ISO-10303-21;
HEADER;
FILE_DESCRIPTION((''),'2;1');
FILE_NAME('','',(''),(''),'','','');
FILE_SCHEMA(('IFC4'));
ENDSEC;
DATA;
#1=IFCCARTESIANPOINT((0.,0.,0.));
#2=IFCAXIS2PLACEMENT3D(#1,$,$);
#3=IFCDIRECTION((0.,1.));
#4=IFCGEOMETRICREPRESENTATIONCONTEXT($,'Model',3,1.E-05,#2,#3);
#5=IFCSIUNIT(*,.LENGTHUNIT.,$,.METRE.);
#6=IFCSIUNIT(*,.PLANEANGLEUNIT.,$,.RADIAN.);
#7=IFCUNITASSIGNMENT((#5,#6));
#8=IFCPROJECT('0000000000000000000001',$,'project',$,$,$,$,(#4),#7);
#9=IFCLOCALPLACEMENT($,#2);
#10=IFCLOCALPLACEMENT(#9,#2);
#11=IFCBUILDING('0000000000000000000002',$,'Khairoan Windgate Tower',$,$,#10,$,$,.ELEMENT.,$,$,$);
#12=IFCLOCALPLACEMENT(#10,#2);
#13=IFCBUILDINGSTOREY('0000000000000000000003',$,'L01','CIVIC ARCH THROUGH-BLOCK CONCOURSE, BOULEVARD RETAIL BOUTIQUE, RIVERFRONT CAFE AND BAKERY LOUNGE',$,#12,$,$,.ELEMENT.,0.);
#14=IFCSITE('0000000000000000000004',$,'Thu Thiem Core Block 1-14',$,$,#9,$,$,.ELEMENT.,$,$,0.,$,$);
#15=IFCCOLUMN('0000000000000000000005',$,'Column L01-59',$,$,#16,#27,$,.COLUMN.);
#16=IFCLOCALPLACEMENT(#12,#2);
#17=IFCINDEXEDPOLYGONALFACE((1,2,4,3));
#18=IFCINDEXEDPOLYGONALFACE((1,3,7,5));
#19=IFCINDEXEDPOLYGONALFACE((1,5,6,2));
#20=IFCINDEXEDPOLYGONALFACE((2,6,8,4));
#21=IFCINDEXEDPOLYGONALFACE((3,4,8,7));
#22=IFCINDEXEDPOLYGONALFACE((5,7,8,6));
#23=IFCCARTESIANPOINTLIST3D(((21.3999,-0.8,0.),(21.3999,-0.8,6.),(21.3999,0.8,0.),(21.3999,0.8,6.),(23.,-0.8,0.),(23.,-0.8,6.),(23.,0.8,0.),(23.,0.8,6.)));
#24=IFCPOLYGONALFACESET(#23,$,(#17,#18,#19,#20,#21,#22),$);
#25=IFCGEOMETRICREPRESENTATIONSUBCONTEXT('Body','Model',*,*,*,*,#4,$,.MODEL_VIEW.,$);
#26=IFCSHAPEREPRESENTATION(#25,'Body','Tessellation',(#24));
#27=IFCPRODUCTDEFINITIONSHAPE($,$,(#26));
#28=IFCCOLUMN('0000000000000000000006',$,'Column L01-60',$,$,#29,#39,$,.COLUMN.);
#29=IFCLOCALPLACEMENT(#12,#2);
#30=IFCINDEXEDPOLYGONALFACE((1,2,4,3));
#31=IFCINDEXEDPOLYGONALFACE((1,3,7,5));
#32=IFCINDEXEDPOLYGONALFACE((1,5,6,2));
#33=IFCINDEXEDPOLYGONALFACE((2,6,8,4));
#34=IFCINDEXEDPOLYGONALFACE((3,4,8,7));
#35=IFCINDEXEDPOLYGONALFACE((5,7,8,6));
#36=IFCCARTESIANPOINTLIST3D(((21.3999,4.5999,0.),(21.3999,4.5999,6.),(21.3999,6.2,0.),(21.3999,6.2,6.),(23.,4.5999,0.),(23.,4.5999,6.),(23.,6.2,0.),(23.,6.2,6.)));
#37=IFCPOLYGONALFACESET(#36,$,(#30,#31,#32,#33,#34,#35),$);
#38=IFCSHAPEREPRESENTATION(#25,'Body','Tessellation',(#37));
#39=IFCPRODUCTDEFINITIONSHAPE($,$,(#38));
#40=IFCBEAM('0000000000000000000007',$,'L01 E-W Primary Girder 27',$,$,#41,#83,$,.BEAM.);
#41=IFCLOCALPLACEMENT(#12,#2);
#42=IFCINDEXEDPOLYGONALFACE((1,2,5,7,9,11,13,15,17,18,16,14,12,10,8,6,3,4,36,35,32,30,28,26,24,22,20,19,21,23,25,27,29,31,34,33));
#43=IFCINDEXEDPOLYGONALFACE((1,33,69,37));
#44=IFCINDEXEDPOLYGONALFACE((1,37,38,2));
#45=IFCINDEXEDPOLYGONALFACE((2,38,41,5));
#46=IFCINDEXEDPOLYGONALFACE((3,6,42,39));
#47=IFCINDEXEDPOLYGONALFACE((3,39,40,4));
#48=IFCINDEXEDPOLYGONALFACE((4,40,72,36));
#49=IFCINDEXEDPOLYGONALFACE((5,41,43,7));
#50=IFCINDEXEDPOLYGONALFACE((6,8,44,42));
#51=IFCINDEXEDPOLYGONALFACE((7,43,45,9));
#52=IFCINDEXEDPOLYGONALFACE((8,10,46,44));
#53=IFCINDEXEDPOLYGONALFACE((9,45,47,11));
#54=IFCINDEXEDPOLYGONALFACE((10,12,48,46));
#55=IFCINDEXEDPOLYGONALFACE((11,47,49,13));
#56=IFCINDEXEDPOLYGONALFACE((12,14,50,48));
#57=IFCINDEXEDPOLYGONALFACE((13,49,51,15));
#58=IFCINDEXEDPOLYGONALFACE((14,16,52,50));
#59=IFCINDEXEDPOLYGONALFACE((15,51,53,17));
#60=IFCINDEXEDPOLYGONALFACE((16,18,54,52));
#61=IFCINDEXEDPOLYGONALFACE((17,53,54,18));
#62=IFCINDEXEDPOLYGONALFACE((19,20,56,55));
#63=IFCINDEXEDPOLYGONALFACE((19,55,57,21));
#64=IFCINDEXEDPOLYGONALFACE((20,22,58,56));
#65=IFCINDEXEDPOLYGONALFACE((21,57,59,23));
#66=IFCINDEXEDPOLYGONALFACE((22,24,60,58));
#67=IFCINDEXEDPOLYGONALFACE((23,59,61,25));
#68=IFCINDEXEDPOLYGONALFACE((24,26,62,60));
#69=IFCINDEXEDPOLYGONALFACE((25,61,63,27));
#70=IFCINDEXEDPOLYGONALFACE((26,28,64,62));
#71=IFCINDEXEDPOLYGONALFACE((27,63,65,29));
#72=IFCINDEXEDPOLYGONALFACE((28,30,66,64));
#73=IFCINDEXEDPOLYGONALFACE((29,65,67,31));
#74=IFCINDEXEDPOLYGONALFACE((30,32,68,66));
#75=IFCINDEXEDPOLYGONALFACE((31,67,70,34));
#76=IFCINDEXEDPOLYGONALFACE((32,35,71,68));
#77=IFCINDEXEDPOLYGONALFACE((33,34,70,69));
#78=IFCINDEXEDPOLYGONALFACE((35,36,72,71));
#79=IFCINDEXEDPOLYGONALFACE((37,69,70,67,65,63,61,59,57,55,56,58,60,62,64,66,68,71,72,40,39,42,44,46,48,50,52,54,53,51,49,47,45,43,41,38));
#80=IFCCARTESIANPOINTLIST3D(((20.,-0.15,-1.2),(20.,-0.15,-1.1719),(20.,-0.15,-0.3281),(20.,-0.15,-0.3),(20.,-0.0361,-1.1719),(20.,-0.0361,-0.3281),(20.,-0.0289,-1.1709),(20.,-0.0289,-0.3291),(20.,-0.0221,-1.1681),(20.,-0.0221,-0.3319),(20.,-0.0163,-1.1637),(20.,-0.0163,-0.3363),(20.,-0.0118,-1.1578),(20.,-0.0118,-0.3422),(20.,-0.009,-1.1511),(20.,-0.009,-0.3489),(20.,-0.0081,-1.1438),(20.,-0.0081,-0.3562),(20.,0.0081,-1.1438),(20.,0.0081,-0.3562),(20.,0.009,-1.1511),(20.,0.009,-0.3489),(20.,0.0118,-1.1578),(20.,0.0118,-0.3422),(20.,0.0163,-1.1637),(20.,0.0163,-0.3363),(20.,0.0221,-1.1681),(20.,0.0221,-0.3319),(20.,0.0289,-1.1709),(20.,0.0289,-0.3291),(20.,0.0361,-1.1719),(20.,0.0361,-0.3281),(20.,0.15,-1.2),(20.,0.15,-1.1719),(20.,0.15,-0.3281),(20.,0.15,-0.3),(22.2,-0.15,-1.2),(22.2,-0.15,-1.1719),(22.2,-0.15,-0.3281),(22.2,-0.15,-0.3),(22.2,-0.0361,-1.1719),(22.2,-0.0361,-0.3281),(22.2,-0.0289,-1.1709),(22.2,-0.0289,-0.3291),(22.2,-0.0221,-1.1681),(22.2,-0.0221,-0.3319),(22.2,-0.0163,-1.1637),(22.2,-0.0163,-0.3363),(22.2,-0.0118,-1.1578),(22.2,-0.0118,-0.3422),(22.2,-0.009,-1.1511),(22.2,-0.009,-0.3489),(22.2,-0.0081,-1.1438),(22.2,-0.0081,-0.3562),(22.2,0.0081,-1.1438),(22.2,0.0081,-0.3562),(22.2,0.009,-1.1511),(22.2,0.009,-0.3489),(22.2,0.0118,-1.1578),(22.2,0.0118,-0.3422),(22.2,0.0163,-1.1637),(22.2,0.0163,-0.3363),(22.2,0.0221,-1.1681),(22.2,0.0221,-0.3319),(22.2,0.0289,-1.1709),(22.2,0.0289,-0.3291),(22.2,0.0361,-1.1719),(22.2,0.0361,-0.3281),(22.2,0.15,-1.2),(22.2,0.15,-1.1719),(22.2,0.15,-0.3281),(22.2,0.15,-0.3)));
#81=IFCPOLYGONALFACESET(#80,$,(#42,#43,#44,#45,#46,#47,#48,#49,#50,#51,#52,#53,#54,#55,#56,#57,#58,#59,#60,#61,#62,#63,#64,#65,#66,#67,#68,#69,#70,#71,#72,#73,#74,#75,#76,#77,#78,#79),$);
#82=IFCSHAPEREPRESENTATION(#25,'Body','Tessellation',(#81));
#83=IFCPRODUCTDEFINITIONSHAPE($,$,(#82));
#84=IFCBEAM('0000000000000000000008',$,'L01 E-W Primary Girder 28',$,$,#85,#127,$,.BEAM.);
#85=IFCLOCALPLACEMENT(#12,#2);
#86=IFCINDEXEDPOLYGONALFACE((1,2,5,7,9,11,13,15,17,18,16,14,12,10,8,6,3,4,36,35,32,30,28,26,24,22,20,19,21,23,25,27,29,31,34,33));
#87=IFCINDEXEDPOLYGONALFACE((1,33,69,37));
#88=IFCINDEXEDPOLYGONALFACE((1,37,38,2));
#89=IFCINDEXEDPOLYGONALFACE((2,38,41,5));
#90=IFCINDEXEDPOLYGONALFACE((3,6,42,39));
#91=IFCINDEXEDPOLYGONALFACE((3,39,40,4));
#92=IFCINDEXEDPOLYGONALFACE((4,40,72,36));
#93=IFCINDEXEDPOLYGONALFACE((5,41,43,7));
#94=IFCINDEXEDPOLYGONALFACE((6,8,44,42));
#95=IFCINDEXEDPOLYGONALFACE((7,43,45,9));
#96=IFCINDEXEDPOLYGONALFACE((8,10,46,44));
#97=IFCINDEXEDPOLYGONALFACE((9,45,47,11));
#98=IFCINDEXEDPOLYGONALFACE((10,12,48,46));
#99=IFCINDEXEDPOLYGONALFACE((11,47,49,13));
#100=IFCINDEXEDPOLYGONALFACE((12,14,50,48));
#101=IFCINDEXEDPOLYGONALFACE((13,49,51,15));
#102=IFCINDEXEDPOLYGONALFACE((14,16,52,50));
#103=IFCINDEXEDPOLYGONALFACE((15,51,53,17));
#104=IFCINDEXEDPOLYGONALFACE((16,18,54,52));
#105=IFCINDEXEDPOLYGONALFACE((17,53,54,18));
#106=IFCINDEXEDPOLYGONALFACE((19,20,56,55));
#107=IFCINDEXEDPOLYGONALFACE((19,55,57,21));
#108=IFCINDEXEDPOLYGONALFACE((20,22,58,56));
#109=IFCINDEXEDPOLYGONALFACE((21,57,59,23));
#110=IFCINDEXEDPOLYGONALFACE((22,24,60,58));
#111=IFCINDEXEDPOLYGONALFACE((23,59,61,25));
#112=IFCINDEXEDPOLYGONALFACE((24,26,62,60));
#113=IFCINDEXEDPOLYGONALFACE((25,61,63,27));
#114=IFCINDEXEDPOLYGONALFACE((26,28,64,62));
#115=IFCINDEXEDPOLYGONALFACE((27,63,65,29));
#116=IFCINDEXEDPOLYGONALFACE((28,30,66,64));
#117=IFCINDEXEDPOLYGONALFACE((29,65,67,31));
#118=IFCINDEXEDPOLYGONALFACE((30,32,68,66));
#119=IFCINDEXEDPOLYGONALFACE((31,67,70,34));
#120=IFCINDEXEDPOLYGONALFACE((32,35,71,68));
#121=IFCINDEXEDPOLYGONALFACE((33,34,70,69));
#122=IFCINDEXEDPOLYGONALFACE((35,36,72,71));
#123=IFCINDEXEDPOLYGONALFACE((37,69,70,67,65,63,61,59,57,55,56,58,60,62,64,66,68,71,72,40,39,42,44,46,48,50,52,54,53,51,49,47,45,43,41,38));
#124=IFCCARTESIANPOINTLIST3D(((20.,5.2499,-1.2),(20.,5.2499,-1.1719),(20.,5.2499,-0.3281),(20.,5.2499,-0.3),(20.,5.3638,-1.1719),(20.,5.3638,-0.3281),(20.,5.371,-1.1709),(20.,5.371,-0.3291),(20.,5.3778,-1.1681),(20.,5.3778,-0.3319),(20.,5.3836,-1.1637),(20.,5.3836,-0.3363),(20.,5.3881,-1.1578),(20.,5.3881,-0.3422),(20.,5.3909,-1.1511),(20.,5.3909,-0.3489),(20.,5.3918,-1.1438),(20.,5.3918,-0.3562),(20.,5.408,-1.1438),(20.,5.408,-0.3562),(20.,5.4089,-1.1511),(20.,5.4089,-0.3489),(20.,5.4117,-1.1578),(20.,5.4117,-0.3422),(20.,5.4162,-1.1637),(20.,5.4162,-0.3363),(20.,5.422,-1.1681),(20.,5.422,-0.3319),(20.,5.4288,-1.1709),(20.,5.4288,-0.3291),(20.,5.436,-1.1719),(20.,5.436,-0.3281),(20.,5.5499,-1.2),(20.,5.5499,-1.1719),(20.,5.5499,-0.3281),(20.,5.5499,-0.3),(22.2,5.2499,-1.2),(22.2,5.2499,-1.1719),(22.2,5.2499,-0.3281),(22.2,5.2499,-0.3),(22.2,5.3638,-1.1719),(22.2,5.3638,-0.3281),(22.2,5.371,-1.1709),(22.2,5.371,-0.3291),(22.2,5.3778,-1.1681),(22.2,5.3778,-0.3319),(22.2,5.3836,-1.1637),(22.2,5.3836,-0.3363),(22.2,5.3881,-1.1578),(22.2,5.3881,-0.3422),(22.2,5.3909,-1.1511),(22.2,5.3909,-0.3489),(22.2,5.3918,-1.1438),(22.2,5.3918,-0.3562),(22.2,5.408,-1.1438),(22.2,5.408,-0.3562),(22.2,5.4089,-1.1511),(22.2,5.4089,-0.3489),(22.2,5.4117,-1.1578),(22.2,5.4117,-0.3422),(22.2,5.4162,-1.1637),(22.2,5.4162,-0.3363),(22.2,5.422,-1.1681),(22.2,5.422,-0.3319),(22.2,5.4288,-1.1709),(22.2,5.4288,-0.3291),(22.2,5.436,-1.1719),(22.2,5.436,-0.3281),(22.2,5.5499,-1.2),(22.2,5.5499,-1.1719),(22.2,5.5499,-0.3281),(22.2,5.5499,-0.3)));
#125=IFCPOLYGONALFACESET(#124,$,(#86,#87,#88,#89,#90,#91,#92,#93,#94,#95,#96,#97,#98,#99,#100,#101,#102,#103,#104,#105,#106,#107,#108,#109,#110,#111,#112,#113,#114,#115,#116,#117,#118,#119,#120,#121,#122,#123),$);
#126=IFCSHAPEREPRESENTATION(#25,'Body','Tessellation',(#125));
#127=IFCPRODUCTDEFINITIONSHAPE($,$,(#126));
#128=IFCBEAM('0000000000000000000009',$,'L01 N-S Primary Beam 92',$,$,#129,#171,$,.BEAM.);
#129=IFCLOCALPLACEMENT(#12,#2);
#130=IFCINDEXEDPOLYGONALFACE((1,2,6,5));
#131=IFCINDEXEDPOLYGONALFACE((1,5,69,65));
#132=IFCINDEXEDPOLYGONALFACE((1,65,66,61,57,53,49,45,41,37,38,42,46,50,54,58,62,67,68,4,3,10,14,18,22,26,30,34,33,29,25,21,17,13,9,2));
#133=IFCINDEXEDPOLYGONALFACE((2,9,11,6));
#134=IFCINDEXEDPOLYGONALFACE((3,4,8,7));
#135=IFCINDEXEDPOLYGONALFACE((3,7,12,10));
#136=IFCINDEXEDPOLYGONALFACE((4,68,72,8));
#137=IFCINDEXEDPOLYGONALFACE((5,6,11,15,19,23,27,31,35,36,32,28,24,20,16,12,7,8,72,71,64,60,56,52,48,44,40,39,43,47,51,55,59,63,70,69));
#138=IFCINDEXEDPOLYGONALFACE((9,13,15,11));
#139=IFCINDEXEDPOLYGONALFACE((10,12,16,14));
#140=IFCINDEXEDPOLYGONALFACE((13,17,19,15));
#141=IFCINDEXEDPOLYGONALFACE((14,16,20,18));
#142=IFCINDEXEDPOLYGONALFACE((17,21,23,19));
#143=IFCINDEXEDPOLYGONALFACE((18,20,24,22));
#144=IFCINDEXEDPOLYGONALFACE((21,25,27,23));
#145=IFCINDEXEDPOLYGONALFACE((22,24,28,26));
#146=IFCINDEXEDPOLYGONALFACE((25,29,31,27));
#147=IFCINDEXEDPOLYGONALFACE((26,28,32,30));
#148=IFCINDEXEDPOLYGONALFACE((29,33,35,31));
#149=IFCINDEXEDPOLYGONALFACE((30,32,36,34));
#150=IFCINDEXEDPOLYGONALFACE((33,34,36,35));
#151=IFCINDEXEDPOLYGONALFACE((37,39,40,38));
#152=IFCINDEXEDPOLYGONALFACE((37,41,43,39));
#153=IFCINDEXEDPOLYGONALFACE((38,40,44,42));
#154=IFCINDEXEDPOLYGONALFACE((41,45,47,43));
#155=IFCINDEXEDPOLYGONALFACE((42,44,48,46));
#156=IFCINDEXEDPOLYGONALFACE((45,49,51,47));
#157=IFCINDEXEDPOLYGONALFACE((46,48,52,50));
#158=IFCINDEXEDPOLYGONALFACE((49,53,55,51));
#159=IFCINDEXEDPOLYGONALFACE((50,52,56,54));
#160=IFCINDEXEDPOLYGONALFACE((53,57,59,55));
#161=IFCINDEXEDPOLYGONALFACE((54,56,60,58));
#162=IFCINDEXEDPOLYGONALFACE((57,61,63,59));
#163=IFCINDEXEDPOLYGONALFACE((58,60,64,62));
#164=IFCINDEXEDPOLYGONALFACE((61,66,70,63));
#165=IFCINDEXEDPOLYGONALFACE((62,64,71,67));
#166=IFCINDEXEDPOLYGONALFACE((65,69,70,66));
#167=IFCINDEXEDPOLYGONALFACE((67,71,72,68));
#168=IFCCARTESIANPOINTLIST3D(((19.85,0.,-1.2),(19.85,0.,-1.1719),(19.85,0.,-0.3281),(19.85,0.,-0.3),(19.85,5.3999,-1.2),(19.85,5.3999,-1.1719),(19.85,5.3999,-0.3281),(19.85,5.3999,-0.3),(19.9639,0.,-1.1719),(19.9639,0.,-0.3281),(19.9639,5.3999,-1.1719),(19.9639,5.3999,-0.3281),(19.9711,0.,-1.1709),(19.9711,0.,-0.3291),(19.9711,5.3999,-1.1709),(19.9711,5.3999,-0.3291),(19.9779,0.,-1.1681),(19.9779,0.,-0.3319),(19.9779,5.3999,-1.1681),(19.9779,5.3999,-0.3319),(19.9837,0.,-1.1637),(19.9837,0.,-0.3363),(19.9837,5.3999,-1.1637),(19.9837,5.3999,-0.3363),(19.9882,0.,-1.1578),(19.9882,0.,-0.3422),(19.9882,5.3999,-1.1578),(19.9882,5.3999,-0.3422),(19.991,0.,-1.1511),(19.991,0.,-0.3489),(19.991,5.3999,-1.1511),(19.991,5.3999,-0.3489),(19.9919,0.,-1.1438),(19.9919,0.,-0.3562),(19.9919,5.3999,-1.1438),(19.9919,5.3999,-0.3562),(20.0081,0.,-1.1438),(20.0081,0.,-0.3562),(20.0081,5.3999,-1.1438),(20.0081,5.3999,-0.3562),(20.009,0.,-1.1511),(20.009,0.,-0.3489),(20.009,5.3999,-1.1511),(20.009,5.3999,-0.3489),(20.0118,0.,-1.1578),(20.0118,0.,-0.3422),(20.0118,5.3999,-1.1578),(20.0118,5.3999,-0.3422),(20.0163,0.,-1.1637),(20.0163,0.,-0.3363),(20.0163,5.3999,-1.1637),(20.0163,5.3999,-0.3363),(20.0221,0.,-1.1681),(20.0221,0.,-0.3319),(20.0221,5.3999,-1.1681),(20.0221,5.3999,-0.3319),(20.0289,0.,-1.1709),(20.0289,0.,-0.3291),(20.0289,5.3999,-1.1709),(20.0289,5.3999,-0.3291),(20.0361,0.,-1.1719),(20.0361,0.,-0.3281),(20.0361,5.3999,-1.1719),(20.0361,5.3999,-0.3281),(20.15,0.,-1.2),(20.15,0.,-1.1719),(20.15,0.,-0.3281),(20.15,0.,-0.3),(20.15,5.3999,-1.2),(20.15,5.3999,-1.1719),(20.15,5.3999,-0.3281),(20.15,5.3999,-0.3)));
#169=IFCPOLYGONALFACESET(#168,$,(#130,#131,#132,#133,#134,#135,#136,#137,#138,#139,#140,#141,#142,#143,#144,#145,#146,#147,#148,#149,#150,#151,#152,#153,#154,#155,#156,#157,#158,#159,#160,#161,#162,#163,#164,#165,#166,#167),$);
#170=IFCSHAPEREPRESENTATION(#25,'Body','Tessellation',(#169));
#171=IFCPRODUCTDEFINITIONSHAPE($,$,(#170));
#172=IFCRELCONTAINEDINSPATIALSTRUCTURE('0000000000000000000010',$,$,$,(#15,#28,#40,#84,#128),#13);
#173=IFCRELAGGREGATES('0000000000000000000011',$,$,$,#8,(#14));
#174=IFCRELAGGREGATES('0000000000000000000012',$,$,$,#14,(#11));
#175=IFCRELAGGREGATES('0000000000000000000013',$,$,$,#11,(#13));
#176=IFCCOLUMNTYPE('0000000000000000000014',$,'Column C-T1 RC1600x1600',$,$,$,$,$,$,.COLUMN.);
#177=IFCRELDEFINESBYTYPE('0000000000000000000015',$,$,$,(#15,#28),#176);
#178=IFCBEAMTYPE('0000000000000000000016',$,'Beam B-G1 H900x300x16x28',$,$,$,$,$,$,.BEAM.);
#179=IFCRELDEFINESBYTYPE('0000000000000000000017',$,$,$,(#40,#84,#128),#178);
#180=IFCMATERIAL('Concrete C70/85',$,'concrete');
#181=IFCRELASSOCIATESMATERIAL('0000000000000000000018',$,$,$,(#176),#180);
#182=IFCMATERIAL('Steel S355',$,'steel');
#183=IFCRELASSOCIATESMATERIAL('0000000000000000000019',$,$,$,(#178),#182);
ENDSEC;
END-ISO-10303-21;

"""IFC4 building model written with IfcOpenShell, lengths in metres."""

from ifc_helpers import new_model, si_unit, direction, frame, origin, origin_2d, place, context, subcontext, project, spatial, rectangle, i_section, extrude, material, material_profile, profile_set, type_object, element, save


model = new_model("IFC4")

# Units and contexts
model_context = context("Model", 3, precision=1e-05, world=origin(), true_north=direction((0.0, 1.0)))
body_context = subcontext(model_context, "Body", "Model", "MODEL_VIEW")
ifc_project = project(units=[si_unit("LENGTHUNIT", "METRE"), si_unit("PLANEANGLEUNIT", "RADIAN")], contexts=[model_context])

# Site, building, storey
site_placement = place(None, origin())
site = spatial("IfcSite", under=ifc_project, at=site_placement, Name="Thu Thiem Core Block 1-14", CompositionType="ELEMENT", RefElevation=0.0)
building_placement = place(site_placement, origin())
building = spatial("IfcBuilding", under=site, at=building_placement, Name="Khairoan Windgate Tower", CompositionType="ELEMENT")
storey_placement = place(building_placement, origin())
storey = spatial("IfcBuildingStorey", under=building, at=storey_placement, Name="L01", Description="CIVIC ARCH THROUGH-BLOCK CONCOURSE, BOULEVARD RETAIL BOUTIQUE, RIVERFRONT CAFE AND BAKERY LOUNGE", CompositionType="ELEMENT", Elevation=0.0)

# Columns
ifc_material_1 = material(Name="Concrete C70/85", Category="concrete")
ifc_material_profile_1 = material_profile(ifc_material_1, rectangle(XDim=1.6001, YDim=1.6001, at=origin_2d()))
ifc_profile_set_1 = profile_set([ifc_material_profile_1], Name="Concrete C70/85")
column_type = type_object("IfcColumnType", Name="Column C-T1 RC1600x1600", PredefinedType="COLUMN", material=ifc_profile_set_1)
for number, where, z_axis, x_axis, name in (
    (1, (22.2, 0.0, 0.0), (0.0, 0.0, 1.0), (1.0, 0.0, 0.0), "Column L01-59"),
    (2, (22.2, 5.3999, 0.0), (0.0, 0.0, 1.0), (1.0, 0.0, 0.0), "Column L01-60"),
):
    element("IfcColumn", number, at=place(storey_placement, frame(where, z_axis=z_axis, x_axis=x_axis)), inside=storey, type_object=column_type, Name=name, PredefinedType="COLUMN", context=body_context, shape_type="SweptSolid", body=[
        extrude(rectangle(XDim=1.6001, YDim=1.6001, at=origin_2d()), origin(), (0.0, 0.0, 1.0), 6.0),
    ])

# Beams
ifc_material_2 = material(Name="Steel S355", Category="steel")
ifc_material_profile_2 = material_profile(ifc_material_2, i_section(OverallWidth=0.3, OverallDepth=0.8999, WebThickness=0.0161, FlangeThickness=0.0281, FilletRadius=0.0281, at=origin_2d()))
ifc_profile_set_2 = profile_set([ifc_material_profile_2], Name="Steel S355")
beam_type = type_object("IfcBeamType", Name="Beam B-G1 H900x300x16x28", PredefinedType="BEAM", material=ifc_profile_set_2)
for number, where, z_axis, x_axis, name in (
    (3, (20.0, 0.0, -0.75), (1.0, 0.0, 0.0), (0.0, 1.0, 0.0), "L01 E-W Primary Girder 27"),
    (4, (20.0, 5.3999, -0.75), (1.0, 0.0, 0.0), (0.0, 1.0, 0.0), "L01 E-W Primary Girder 28"),
):
    element("IfcBeam", number, at=place(storey_placement, frame(where, z_axis=z_axis, x_axis=x_axis)), inside=storey, type_object=beam_type, Name=name, PredefinedType="BEAM", context=body_context, shape_type="SweptSolid", body=[
        extrude(i_section(OverallWidth=0.3, OverallDepth=0.8999, WebThickness=0.0161, FlangeThickness=0.0281, FilletRadius=0.0281, at=origin_2d()), origin(), (0.0, 0.0, 1.0), 2.2),
    ])
for number, where, z_axis, x_axis, name in (
    (5, (20.0, 0.0, -0.75), (0.0, 1.0, 0.0), (-1.0, 0.0, 0.0), "L01 N-S Primary Beam 92"),
):
    element("IfcBeam", number, at=place(storey_placement, frame(where, z_axis=z_axis, x_axis=x_axis)), inside=storey, type_object=beam_type, Name=name, PredefinedType="BEAM", context=body_context, shape_type="SweptSolid", body=[
        extrude(i_section(OverallWidth=0.3, OverallDepth=0.8999, WebThickness=0.0161, FlangeThickness=0.0281, FilletRadius=0.0281, at=origin_2d()), origin(), (0.0, 0.0, 1.0), 5.3999),
    ])

save(model, "model.ifc")
